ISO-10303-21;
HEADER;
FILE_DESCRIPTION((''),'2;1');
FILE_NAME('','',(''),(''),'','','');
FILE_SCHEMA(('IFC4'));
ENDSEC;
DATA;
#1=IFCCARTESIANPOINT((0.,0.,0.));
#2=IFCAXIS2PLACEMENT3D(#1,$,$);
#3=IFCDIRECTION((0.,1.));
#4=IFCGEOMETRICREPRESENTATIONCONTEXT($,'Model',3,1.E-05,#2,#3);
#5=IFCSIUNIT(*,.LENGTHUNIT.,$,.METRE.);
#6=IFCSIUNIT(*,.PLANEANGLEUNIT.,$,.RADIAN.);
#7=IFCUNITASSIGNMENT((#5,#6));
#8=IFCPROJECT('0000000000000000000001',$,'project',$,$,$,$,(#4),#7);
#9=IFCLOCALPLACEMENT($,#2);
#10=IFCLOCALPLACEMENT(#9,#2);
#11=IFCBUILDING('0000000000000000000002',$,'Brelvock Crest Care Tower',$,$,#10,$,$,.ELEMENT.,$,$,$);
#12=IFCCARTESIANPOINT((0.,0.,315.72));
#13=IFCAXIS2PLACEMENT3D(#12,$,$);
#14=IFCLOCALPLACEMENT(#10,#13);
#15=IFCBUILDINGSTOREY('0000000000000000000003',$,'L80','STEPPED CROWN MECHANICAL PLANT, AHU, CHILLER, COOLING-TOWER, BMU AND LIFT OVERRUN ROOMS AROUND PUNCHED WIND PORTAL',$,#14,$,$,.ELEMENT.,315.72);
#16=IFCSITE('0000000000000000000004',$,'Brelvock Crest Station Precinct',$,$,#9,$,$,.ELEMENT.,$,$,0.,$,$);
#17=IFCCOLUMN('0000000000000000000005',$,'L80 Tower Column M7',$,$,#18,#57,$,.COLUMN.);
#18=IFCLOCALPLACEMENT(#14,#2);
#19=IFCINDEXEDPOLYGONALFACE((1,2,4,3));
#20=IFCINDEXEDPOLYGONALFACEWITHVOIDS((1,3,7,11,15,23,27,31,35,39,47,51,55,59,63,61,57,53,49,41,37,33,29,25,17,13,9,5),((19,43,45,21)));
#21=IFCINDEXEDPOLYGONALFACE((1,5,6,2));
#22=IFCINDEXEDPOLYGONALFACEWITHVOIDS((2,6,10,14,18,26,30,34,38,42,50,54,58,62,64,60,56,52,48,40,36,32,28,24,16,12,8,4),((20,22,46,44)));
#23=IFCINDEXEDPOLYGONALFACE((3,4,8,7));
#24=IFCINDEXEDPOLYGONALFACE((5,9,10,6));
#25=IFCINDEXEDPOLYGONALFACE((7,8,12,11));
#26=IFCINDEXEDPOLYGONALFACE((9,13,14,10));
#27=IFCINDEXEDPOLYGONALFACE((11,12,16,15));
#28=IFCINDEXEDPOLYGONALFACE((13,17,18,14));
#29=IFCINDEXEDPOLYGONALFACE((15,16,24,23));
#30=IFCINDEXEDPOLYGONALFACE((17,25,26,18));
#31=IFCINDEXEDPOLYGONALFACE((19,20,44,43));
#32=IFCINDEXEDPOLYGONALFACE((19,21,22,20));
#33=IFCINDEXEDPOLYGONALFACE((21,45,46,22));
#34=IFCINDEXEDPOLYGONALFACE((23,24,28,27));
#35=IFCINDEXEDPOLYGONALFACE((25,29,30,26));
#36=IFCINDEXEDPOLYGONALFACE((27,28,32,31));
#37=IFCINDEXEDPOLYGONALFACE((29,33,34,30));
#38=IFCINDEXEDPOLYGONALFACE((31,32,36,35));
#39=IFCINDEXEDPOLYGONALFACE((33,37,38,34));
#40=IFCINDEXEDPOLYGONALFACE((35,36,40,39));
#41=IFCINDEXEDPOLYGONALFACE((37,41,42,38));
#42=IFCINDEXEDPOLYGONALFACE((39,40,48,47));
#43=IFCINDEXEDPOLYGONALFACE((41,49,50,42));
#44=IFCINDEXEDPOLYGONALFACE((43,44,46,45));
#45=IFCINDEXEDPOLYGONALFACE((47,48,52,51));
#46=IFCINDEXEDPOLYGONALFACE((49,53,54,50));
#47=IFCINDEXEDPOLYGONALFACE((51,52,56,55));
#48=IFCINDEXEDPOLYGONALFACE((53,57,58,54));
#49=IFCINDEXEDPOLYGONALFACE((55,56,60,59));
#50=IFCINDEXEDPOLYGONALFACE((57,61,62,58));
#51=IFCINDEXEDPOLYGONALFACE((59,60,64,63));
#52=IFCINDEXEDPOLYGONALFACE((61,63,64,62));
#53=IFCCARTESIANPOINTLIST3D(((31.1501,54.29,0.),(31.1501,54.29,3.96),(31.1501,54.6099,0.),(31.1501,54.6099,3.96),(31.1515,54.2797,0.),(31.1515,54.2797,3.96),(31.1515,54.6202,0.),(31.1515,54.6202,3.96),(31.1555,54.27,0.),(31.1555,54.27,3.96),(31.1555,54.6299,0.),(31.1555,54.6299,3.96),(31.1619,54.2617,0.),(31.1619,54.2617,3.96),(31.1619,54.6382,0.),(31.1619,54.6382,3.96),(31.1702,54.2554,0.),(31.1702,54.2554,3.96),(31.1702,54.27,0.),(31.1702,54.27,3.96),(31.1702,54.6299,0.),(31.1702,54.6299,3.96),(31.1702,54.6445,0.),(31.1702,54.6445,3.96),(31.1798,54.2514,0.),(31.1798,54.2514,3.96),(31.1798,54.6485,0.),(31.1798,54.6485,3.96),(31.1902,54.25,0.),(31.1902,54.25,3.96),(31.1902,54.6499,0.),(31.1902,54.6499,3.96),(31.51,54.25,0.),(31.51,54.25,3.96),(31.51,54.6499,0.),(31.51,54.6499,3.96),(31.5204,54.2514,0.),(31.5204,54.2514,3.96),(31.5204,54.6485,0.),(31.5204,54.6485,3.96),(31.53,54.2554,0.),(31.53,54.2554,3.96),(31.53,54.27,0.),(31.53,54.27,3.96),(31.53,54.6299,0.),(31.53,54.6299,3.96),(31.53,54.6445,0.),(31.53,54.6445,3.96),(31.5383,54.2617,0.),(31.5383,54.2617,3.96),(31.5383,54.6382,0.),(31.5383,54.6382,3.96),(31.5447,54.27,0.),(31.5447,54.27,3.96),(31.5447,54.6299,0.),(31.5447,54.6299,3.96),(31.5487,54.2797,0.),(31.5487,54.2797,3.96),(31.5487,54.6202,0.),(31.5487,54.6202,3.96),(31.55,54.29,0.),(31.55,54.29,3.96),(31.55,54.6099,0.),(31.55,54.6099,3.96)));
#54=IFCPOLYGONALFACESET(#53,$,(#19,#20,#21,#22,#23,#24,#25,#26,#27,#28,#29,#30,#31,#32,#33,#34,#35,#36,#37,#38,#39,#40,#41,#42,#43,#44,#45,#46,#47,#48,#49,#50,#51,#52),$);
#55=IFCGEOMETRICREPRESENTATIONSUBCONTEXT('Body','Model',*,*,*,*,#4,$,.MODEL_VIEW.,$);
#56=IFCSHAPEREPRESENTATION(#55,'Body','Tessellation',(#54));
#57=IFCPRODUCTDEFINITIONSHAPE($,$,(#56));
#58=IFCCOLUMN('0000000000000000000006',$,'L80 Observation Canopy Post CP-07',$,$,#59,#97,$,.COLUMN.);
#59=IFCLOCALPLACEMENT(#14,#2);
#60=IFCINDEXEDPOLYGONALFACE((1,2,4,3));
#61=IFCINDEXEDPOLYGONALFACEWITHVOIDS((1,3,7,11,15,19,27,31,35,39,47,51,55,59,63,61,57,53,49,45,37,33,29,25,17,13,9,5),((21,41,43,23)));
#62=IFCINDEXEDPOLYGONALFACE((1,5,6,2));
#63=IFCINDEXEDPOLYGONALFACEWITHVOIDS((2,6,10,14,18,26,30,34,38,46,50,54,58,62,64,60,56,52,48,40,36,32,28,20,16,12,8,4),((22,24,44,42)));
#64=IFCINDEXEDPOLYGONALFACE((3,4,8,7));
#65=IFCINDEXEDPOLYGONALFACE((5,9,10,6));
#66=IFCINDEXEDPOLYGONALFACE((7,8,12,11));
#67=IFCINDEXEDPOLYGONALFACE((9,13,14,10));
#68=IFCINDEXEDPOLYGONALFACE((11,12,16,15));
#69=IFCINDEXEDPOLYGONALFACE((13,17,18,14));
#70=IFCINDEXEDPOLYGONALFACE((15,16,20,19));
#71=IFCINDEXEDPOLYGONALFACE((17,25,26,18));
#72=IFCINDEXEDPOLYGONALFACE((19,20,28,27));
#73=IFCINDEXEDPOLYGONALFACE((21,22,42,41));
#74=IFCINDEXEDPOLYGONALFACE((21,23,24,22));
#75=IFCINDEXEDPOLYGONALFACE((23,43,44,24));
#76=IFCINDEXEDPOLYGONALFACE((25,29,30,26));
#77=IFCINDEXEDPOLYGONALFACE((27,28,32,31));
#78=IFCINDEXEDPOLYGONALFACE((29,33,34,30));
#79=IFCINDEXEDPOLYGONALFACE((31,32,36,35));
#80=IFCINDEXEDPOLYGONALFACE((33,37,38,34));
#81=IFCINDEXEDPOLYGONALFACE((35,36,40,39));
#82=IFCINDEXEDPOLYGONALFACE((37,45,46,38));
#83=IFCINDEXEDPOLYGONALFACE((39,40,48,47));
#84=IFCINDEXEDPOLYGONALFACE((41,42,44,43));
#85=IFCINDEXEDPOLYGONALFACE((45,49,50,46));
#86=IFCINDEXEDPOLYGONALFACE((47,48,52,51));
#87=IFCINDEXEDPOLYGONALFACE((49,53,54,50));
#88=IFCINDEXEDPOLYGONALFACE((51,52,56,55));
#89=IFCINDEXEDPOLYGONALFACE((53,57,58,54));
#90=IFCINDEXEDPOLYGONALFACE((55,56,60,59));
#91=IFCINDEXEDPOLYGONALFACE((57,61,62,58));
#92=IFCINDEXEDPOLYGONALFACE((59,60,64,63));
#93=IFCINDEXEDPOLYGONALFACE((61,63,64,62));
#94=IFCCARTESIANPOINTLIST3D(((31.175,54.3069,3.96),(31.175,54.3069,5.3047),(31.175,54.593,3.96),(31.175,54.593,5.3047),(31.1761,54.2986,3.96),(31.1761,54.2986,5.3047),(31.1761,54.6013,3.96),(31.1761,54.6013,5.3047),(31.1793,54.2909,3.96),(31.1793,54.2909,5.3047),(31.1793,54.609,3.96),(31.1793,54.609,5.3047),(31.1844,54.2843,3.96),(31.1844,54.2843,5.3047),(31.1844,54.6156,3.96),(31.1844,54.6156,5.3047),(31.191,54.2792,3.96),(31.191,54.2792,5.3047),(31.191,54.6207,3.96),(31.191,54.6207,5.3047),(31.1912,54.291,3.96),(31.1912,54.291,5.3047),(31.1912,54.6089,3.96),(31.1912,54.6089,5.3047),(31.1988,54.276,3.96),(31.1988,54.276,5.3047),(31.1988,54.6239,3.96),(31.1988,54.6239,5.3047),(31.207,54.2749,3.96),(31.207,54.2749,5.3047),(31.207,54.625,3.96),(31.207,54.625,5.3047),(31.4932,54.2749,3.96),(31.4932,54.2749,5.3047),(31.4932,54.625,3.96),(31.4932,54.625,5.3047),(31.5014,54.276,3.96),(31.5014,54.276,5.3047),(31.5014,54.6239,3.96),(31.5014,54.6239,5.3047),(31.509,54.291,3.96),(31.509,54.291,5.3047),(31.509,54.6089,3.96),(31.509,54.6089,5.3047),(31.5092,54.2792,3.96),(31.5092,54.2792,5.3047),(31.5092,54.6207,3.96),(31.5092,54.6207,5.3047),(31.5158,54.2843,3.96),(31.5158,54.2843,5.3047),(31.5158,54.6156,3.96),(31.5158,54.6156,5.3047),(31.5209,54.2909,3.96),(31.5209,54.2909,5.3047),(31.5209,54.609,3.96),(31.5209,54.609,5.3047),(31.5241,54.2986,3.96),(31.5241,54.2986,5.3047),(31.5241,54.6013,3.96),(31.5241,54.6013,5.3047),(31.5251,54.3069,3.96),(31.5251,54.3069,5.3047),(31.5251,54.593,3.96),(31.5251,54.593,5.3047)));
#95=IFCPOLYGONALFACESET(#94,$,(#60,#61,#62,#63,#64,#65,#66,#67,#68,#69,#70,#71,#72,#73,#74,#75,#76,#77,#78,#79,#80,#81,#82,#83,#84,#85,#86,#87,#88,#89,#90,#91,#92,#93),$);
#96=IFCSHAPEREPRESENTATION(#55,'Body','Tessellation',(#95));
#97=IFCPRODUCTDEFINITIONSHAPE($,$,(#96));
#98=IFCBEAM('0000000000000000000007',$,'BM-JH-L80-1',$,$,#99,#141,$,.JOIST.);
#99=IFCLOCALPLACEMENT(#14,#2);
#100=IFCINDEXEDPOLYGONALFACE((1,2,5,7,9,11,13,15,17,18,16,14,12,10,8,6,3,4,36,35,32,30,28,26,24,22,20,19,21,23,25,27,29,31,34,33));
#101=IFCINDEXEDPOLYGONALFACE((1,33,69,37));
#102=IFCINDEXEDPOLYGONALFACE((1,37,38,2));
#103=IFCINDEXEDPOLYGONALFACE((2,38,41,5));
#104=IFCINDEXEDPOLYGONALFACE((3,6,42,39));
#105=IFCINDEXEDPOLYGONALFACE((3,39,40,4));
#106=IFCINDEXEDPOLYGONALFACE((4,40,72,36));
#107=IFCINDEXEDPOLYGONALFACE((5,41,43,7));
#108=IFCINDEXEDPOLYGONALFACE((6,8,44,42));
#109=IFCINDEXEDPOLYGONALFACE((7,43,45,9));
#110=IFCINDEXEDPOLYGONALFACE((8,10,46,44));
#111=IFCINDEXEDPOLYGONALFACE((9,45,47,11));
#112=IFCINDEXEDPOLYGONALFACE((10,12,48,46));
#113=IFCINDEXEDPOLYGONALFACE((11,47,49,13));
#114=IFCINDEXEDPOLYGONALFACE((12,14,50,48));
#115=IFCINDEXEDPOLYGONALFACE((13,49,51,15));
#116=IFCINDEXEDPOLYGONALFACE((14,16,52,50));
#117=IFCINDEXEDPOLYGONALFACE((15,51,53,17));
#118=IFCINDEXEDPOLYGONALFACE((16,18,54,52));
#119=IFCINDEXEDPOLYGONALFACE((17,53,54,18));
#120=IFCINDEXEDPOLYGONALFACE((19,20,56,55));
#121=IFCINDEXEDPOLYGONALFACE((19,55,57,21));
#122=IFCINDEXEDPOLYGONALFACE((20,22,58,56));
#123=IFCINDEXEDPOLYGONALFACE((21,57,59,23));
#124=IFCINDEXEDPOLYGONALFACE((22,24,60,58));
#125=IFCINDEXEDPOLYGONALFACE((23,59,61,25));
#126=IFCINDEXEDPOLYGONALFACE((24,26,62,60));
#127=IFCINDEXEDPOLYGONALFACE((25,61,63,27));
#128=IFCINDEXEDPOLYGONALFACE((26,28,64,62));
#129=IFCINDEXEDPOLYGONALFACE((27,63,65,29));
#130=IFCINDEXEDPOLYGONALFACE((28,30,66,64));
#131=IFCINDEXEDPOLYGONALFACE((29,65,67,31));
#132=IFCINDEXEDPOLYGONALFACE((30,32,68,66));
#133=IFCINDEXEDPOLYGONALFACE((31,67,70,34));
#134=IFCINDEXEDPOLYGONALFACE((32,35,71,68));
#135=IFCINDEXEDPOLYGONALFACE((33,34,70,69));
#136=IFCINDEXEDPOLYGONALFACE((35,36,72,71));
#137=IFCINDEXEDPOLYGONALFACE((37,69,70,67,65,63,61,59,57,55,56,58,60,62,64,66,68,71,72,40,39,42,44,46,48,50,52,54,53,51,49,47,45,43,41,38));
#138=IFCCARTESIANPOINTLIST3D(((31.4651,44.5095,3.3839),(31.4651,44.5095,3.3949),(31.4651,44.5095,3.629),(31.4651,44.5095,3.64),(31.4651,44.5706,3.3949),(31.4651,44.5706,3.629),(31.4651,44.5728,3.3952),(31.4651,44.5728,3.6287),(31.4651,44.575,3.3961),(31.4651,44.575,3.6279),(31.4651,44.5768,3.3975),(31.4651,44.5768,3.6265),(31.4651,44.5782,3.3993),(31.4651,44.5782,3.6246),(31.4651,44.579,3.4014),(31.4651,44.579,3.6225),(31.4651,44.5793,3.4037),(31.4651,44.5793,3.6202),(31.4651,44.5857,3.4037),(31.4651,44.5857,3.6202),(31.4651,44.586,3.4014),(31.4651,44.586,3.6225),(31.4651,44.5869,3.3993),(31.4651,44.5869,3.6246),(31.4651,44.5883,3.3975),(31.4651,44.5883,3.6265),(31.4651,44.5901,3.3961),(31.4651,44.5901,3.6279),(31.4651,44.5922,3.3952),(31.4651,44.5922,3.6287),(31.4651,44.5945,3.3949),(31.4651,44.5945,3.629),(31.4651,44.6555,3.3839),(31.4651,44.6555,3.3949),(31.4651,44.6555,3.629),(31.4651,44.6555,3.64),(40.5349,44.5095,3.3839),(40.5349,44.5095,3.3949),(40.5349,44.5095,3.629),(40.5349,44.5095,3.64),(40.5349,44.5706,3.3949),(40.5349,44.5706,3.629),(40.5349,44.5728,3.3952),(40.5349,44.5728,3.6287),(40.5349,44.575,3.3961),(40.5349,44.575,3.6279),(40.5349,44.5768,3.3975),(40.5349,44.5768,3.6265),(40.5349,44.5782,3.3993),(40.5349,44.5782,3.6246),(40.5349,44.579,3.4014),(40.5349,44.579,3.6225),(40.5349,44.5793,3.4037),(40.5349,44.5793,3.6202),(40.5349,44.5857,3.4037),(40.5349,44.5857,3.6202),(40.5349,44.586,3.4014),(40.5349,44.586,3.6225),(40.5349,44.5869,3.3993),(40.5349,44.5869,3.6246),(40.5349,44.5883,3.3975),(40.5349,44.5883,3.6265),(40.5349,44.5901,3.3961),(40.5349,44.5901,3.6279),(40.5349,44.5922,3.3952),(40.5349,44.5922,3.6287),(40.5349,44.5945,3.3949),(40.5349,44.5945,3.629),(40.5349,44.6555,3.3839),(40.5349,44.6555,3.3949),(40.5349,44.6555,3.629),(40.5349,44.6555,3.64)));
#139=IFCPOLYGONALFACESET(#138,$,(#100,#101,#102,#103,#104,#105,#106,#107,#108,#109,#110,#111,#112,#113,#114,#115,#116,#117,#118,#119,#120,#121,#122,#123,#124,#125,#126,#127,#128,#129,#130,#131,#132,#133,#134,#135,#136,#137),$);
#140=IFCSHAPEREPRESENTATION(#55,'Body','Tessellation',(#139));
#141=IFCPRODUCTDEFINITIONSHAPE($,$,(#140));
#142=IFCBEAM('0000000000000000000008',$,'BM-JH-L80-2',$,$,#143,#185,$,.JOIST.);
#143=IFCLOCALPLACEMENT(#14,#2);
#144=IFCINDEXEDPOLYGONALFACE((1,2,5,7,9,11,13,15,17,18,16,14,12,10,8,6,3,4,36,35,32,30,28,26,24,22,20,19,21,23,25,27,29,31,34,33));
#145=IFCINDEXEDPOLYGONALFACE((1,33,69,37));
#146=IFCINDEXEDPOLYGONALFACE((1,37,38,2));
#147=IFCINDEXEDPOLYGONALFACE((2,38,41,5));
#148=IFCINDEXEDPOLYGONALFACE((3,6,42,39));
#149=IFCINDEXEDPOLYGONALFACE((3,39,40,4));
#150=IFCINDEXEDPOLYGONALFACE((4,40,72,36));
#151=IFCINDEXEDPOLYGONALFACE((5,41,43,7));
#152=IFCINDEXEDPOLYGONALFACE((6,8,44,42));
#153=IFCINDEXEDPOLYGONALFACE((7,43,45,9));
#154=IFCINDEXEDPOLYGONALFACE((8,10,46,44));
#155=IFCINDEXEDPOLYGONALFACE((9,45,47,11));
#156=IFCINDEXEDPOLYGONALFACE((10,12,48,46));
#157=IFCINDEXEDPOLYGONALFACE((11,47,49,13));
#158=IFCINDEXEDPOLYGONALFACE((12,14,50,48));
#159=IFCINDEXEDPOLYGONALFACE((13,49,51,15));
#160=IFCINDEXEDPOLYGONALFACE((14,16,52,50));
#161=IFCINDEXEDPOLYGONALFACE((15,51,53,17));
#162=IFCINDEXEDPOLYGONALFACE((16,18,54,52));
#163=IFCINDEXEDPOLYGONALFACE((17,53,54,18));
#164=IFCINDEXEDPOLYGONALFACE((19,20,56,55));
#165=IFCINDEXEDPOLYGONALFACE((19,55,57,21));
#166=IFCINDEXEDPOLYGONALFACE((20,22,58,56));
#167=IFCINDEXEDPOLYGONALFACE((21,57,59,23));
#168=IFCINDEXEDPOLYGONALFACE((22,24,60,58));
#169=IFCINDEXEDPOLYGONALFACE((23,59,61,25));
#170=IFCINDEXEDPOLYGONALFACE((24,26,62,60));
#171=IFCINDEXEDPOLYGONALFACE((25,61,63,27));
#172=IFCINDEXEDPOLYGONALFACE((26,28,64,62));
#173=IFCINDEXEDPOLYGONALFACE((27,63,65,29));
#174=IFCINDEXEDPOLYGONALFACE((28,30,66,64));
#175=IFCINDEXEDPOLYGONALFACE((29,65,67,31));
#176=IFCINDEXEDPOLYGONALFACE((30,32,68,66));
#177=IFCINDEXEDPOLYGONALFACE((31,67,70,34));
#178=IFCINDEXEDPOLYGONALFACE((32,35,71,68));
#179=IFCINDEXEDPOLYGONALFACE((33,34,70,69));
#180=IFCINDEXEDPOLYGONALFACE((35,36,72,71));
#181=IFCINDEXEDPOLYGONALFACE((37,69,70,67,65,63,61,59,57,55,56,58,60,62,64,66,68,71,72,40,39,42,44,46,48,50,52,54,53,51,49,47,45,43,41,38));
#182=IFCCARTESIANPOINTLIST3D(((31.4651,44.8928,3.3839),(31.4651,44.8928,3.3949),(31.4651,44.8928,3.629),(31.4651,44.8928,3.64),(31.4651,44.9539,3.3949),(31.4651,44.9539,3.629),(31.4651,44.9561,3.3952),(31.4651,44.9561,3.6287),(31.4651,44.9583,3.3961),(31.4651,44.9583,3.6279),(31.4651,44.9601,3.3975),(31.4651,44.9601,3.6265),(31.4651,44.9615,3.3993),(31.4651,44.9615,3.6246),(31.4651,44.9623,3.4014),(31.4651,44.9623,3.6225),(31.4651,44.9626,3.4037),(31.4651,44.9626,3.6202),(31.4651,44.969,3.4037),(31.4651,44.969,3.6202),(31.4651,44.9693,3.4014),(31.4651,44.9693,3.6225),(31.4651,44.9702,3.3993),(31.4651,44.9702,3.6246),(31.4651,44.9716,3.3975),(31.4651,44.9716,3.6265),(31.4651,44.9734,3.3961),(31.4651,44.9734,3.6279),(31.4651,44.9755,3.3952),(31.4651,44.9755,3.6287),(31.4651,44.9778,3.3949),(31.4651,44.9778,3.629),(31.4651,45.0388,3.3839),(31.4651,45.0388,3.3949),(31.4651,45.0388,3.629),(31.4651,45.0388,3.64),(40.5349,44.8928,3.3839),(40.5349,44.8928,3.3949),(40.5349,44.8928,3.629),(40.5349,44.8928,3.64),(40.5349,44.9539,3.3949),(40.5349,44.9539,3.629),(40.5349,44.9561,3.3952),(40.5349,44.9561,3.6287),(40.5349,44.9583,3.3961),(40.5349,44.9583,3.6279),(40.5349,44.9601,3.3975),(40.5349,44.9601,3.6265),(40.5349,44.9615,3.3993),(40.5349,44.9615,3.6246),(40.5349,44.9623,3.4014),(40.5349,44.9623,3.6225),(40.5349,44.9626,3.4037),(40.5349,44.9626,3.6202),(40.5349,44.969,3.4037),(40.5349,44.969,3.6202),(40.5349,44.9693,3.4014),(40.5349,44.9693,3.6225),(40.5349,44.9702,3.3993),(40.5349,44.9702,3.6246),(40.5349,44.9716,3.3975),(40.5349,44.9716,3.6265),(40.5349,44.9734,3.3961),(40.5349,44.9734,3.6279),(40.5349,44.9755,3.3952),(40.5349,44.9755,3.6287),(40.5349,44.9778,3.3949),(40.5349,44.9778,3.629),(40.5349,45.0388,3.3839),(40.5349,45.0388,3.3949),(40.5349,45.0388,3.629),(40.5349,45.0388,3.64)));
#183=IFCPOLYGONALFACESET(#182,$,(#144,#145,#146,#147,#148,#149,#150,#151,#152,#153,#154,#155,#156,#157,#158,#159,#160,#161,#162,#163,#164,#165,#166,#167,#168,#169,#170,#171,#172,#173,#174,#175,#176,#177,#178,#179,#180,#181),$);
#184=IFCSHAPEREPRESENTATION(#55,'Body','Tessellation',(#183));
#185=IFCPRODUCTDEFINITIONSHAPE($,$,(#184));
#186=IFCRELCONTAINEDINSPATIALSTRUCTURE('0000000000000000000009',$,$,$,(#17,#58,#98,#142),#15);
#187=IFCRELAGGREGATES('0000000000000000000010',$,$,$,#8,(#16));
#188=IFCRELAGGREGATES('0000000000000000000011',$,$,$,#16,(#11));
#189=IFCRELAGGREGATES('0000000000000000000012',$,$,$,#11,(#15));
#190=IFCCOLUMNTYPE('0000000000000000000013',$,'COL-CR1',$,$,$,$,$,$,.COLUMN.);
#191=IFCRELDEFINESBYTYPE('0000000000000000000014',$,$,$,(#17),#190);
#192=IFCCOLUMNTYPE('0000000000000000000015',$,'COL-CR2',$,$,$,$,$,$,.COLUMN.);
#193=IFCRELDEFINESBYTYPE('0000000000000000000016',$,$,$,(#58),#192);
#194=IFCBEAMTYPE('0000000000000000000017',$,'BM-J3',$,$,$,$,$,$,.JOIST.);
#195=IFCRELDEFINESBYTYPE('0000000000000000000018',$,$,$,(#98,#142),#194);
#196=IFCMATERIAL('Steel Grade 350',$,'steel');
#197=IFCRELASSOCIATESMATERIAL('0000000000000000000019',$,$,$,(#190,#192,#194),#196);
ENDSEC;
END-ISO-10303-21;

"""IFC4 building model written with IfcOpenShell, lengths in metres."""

from ifc_helpers import new_model, si_unit, direction, frame, origin, origin_2d, place, context, subcontext, project, spatial, hollow_rectangle, i_section, extrude, source, transform, mapped, material, material_profile, profile_set, type_object, element, save


model = new_model("IFC4")

# Units and contexts
model_context = context("Model", 3, precision=1e-05, world=origin(), true_north=direction((0.0, 1.0)))
body_context = subcontext(model_context, "Body", "Model", "MODEL_VIEW")
ifc_project = project(units=[si_unit("LENGTHUNIT", "METRE"), si_unit("PLANEANGLEUNIT", "RADIAN")], contexts=[model_context])

# Site, building, storey
site_placement = place(None, origin())
site = spatial("IfcSite", under=ifc_project, at=site_placement, Name="Brelvock Crest Station Precinct", CompositionType="ELEMENT", RefElevation=0.0)
building_placement = place(site_placement, origin())
building = spatial("IfcBuilding", under=site, at=building_placement, Name="Brelvock Crest Care Tower", CompositionType="ELEMENT")
storey_placement = place(building_placement, frame((0.0, 0.0, 315.72)))
storey = spatial("IfcBuildingStorey", under=building, at=storey_placement, Name="L80", Description="STEPPED CROWN MECHANICAL PLANT, AHU, CHILLER, COOLING-TOWER, BMU AND LIFT OVERRUN ROOMS AROUND PUNCHED WIND PORTAL", CompositionType="ELEMENT", Elevation=315.72)

# Columns
ifc_material_1 = material(Name="Steel Grade 350", Category="steel")
ifc_material_profile_1 = material_profile(ifc_material_1, hollow_rectangle(XDim=0.3999, YDim=0.3999, WallThickness=0.02, OuterFilletRadius=0.04, at=origin_2d()), Name="SHS400x400x20.0")
ifc_profile_set_1 = profile_set([ifc_material_profile_1], Name="Steel Grade 350")
column_type_1 = type_object("IfcColumnType", Name="COL-CR1", PredefinedType="COLUMN", material=ifc_profile_set_1)
shared_shape_1 = source(origin(), body_context, "Body", "SweptSolid", [
    extrude(hollow_rectangle(XDim=0.3999, YDim=0.3999, WallThickness=0.02, OuterFilletRadius=0.04, at=origin_2d()), origin(), (0.0, 0.0, 1.0), 3.96),
])
column_1_placement = place(storey_placement, frame((31.3501, 54.45, 0.0), z_axis=(0.0, 0.0, 1.0), x_axis=(1.0, 0.0, 0.0)))
element("IfcColumn", 1, at=column_1_placement, inside=storey, type_object=column_type_1, Name="L80 Tower Column M7", PredefinedType="COLUMN", context=body_context, shape_type="MappedRepresentation", body=[
    mapped(shared_shape_1, transform((0.0, 0.0, 0.0), x_axis=(1.0, 0.0, 0.0), y_axis=(0.0, 1.0, 0.0), z_axis=(0.0, 0.0, 1.0), scale=1.0)),
])
ifc_material_profile_2 = material_profile(ifc_material_1, hollow_rectangle(XDim=0.3501, YDim=0.3501, WallThickness=0.0161, OuterFilletRadius=0.032, at=origin_2d()), Name="SHS350x350x16.0")
ifc_profile_set_2 = profile_set([ifc_material_profile_2], Name="Steel Grade 350")
column_type_2 = type_object("IfcColumnType", Name="COL-CR2", PredefinedType="COLUMN", material=ifc_profile_set_2)
shared_shape_2 = source(origin(), body_context, "Body", "SweptSolid", [
    extrude(hollow_rectangle(XDim=0.3501, YDim=0.3501, WallThickness=0.0161, OuterFilletRadius=0.032, at=origin_2d()), origin(), (0.0, 0.0, 1.0), 1.3447),
])
column_2_placement = place(storey_placement, frame((31.3501, 54.45, 3.96), z_axis=(0.0, 0.0, 1.0), x_axis=(1.0, 0.0, 0.0)))
element("IfcColumn", 2, at=column_2_placement, inside=storey, type_object=column_type_2, Name="L80 Observation Canopy Post CP-07", PredefinedType="COLUMN", context=body_context, shape_type="MappedRepresentation", body=[
    mapped(shared_shape_2, transform((0.0, 0.0, 0.0), x_axis=(1.0, 0.0, 0.0), y_axis=(0.0, 1.0, 0.0), z_axis=(0.0, 0.0, 1.0), scale=1.0)),
])

# Beams
ifc_material_profile_3 = material_profile(ifc_material_1, i_section(OverallWidth=0.146, OverallDepth=0.2561, WebThickness=0.0063, FlangeThickness=0.011, FilletRadius=0.0088, at=origin_2d()), Name="250UB37.3")
ifc_profile_set_3 = profile_set([ifc_material_profile_3], Name="Steel Grade 350")
beam_type_1 = type_object("IfcBeamType", Name="BM-J3", PredefinedType="JOIST", material=ifc_profile_set_3)
shared_shape_3 = source(origin(), body_context, "Body", "SweptSolid", [
    extrude(i_section(OverallWidth=0.146, OverallDepth=0.2561, WebThickness=0.0063, FlangeThickness=0.011, FilletRadius=0.0088, at=origin_2d()), origin(), (0.0, 0.0, 1.0), 9.0698),
])
for number, where, z_axis, x_axis, name in (
    (3, (31.4651, 44.5825, 3.512), (1.0, 0.0, 0.0), (0.0, 1.0, 0.0), "BM-JH-L80-1"),
    (4, (31.4651, 44.9658, 3.512), (1.0, 0.0, 0.0), (0.0, 1.0, 0.0), "BM-JH-L80-2"),
):
    element("IfcBeam", number, at=place(storey_placement, frame(where, z_axis=z_axis, x_axis=x_axis)), inside=storey, type_object=beam_type_1, Name=name, PredefinedType="JOIST", context=body_context, shape_type="MappedRepresentation", body=[
        mapped(shared_shape_3, transform((0.0, 0.0, 0.0), x_axis=(1.0, 0.0, 0.0), y_axis=(0.0, 1.0, 0.0), z_axis=(0.0, 0.0, 1.0), scale=1.0)),
    ])

save(model, "model.ifc")
